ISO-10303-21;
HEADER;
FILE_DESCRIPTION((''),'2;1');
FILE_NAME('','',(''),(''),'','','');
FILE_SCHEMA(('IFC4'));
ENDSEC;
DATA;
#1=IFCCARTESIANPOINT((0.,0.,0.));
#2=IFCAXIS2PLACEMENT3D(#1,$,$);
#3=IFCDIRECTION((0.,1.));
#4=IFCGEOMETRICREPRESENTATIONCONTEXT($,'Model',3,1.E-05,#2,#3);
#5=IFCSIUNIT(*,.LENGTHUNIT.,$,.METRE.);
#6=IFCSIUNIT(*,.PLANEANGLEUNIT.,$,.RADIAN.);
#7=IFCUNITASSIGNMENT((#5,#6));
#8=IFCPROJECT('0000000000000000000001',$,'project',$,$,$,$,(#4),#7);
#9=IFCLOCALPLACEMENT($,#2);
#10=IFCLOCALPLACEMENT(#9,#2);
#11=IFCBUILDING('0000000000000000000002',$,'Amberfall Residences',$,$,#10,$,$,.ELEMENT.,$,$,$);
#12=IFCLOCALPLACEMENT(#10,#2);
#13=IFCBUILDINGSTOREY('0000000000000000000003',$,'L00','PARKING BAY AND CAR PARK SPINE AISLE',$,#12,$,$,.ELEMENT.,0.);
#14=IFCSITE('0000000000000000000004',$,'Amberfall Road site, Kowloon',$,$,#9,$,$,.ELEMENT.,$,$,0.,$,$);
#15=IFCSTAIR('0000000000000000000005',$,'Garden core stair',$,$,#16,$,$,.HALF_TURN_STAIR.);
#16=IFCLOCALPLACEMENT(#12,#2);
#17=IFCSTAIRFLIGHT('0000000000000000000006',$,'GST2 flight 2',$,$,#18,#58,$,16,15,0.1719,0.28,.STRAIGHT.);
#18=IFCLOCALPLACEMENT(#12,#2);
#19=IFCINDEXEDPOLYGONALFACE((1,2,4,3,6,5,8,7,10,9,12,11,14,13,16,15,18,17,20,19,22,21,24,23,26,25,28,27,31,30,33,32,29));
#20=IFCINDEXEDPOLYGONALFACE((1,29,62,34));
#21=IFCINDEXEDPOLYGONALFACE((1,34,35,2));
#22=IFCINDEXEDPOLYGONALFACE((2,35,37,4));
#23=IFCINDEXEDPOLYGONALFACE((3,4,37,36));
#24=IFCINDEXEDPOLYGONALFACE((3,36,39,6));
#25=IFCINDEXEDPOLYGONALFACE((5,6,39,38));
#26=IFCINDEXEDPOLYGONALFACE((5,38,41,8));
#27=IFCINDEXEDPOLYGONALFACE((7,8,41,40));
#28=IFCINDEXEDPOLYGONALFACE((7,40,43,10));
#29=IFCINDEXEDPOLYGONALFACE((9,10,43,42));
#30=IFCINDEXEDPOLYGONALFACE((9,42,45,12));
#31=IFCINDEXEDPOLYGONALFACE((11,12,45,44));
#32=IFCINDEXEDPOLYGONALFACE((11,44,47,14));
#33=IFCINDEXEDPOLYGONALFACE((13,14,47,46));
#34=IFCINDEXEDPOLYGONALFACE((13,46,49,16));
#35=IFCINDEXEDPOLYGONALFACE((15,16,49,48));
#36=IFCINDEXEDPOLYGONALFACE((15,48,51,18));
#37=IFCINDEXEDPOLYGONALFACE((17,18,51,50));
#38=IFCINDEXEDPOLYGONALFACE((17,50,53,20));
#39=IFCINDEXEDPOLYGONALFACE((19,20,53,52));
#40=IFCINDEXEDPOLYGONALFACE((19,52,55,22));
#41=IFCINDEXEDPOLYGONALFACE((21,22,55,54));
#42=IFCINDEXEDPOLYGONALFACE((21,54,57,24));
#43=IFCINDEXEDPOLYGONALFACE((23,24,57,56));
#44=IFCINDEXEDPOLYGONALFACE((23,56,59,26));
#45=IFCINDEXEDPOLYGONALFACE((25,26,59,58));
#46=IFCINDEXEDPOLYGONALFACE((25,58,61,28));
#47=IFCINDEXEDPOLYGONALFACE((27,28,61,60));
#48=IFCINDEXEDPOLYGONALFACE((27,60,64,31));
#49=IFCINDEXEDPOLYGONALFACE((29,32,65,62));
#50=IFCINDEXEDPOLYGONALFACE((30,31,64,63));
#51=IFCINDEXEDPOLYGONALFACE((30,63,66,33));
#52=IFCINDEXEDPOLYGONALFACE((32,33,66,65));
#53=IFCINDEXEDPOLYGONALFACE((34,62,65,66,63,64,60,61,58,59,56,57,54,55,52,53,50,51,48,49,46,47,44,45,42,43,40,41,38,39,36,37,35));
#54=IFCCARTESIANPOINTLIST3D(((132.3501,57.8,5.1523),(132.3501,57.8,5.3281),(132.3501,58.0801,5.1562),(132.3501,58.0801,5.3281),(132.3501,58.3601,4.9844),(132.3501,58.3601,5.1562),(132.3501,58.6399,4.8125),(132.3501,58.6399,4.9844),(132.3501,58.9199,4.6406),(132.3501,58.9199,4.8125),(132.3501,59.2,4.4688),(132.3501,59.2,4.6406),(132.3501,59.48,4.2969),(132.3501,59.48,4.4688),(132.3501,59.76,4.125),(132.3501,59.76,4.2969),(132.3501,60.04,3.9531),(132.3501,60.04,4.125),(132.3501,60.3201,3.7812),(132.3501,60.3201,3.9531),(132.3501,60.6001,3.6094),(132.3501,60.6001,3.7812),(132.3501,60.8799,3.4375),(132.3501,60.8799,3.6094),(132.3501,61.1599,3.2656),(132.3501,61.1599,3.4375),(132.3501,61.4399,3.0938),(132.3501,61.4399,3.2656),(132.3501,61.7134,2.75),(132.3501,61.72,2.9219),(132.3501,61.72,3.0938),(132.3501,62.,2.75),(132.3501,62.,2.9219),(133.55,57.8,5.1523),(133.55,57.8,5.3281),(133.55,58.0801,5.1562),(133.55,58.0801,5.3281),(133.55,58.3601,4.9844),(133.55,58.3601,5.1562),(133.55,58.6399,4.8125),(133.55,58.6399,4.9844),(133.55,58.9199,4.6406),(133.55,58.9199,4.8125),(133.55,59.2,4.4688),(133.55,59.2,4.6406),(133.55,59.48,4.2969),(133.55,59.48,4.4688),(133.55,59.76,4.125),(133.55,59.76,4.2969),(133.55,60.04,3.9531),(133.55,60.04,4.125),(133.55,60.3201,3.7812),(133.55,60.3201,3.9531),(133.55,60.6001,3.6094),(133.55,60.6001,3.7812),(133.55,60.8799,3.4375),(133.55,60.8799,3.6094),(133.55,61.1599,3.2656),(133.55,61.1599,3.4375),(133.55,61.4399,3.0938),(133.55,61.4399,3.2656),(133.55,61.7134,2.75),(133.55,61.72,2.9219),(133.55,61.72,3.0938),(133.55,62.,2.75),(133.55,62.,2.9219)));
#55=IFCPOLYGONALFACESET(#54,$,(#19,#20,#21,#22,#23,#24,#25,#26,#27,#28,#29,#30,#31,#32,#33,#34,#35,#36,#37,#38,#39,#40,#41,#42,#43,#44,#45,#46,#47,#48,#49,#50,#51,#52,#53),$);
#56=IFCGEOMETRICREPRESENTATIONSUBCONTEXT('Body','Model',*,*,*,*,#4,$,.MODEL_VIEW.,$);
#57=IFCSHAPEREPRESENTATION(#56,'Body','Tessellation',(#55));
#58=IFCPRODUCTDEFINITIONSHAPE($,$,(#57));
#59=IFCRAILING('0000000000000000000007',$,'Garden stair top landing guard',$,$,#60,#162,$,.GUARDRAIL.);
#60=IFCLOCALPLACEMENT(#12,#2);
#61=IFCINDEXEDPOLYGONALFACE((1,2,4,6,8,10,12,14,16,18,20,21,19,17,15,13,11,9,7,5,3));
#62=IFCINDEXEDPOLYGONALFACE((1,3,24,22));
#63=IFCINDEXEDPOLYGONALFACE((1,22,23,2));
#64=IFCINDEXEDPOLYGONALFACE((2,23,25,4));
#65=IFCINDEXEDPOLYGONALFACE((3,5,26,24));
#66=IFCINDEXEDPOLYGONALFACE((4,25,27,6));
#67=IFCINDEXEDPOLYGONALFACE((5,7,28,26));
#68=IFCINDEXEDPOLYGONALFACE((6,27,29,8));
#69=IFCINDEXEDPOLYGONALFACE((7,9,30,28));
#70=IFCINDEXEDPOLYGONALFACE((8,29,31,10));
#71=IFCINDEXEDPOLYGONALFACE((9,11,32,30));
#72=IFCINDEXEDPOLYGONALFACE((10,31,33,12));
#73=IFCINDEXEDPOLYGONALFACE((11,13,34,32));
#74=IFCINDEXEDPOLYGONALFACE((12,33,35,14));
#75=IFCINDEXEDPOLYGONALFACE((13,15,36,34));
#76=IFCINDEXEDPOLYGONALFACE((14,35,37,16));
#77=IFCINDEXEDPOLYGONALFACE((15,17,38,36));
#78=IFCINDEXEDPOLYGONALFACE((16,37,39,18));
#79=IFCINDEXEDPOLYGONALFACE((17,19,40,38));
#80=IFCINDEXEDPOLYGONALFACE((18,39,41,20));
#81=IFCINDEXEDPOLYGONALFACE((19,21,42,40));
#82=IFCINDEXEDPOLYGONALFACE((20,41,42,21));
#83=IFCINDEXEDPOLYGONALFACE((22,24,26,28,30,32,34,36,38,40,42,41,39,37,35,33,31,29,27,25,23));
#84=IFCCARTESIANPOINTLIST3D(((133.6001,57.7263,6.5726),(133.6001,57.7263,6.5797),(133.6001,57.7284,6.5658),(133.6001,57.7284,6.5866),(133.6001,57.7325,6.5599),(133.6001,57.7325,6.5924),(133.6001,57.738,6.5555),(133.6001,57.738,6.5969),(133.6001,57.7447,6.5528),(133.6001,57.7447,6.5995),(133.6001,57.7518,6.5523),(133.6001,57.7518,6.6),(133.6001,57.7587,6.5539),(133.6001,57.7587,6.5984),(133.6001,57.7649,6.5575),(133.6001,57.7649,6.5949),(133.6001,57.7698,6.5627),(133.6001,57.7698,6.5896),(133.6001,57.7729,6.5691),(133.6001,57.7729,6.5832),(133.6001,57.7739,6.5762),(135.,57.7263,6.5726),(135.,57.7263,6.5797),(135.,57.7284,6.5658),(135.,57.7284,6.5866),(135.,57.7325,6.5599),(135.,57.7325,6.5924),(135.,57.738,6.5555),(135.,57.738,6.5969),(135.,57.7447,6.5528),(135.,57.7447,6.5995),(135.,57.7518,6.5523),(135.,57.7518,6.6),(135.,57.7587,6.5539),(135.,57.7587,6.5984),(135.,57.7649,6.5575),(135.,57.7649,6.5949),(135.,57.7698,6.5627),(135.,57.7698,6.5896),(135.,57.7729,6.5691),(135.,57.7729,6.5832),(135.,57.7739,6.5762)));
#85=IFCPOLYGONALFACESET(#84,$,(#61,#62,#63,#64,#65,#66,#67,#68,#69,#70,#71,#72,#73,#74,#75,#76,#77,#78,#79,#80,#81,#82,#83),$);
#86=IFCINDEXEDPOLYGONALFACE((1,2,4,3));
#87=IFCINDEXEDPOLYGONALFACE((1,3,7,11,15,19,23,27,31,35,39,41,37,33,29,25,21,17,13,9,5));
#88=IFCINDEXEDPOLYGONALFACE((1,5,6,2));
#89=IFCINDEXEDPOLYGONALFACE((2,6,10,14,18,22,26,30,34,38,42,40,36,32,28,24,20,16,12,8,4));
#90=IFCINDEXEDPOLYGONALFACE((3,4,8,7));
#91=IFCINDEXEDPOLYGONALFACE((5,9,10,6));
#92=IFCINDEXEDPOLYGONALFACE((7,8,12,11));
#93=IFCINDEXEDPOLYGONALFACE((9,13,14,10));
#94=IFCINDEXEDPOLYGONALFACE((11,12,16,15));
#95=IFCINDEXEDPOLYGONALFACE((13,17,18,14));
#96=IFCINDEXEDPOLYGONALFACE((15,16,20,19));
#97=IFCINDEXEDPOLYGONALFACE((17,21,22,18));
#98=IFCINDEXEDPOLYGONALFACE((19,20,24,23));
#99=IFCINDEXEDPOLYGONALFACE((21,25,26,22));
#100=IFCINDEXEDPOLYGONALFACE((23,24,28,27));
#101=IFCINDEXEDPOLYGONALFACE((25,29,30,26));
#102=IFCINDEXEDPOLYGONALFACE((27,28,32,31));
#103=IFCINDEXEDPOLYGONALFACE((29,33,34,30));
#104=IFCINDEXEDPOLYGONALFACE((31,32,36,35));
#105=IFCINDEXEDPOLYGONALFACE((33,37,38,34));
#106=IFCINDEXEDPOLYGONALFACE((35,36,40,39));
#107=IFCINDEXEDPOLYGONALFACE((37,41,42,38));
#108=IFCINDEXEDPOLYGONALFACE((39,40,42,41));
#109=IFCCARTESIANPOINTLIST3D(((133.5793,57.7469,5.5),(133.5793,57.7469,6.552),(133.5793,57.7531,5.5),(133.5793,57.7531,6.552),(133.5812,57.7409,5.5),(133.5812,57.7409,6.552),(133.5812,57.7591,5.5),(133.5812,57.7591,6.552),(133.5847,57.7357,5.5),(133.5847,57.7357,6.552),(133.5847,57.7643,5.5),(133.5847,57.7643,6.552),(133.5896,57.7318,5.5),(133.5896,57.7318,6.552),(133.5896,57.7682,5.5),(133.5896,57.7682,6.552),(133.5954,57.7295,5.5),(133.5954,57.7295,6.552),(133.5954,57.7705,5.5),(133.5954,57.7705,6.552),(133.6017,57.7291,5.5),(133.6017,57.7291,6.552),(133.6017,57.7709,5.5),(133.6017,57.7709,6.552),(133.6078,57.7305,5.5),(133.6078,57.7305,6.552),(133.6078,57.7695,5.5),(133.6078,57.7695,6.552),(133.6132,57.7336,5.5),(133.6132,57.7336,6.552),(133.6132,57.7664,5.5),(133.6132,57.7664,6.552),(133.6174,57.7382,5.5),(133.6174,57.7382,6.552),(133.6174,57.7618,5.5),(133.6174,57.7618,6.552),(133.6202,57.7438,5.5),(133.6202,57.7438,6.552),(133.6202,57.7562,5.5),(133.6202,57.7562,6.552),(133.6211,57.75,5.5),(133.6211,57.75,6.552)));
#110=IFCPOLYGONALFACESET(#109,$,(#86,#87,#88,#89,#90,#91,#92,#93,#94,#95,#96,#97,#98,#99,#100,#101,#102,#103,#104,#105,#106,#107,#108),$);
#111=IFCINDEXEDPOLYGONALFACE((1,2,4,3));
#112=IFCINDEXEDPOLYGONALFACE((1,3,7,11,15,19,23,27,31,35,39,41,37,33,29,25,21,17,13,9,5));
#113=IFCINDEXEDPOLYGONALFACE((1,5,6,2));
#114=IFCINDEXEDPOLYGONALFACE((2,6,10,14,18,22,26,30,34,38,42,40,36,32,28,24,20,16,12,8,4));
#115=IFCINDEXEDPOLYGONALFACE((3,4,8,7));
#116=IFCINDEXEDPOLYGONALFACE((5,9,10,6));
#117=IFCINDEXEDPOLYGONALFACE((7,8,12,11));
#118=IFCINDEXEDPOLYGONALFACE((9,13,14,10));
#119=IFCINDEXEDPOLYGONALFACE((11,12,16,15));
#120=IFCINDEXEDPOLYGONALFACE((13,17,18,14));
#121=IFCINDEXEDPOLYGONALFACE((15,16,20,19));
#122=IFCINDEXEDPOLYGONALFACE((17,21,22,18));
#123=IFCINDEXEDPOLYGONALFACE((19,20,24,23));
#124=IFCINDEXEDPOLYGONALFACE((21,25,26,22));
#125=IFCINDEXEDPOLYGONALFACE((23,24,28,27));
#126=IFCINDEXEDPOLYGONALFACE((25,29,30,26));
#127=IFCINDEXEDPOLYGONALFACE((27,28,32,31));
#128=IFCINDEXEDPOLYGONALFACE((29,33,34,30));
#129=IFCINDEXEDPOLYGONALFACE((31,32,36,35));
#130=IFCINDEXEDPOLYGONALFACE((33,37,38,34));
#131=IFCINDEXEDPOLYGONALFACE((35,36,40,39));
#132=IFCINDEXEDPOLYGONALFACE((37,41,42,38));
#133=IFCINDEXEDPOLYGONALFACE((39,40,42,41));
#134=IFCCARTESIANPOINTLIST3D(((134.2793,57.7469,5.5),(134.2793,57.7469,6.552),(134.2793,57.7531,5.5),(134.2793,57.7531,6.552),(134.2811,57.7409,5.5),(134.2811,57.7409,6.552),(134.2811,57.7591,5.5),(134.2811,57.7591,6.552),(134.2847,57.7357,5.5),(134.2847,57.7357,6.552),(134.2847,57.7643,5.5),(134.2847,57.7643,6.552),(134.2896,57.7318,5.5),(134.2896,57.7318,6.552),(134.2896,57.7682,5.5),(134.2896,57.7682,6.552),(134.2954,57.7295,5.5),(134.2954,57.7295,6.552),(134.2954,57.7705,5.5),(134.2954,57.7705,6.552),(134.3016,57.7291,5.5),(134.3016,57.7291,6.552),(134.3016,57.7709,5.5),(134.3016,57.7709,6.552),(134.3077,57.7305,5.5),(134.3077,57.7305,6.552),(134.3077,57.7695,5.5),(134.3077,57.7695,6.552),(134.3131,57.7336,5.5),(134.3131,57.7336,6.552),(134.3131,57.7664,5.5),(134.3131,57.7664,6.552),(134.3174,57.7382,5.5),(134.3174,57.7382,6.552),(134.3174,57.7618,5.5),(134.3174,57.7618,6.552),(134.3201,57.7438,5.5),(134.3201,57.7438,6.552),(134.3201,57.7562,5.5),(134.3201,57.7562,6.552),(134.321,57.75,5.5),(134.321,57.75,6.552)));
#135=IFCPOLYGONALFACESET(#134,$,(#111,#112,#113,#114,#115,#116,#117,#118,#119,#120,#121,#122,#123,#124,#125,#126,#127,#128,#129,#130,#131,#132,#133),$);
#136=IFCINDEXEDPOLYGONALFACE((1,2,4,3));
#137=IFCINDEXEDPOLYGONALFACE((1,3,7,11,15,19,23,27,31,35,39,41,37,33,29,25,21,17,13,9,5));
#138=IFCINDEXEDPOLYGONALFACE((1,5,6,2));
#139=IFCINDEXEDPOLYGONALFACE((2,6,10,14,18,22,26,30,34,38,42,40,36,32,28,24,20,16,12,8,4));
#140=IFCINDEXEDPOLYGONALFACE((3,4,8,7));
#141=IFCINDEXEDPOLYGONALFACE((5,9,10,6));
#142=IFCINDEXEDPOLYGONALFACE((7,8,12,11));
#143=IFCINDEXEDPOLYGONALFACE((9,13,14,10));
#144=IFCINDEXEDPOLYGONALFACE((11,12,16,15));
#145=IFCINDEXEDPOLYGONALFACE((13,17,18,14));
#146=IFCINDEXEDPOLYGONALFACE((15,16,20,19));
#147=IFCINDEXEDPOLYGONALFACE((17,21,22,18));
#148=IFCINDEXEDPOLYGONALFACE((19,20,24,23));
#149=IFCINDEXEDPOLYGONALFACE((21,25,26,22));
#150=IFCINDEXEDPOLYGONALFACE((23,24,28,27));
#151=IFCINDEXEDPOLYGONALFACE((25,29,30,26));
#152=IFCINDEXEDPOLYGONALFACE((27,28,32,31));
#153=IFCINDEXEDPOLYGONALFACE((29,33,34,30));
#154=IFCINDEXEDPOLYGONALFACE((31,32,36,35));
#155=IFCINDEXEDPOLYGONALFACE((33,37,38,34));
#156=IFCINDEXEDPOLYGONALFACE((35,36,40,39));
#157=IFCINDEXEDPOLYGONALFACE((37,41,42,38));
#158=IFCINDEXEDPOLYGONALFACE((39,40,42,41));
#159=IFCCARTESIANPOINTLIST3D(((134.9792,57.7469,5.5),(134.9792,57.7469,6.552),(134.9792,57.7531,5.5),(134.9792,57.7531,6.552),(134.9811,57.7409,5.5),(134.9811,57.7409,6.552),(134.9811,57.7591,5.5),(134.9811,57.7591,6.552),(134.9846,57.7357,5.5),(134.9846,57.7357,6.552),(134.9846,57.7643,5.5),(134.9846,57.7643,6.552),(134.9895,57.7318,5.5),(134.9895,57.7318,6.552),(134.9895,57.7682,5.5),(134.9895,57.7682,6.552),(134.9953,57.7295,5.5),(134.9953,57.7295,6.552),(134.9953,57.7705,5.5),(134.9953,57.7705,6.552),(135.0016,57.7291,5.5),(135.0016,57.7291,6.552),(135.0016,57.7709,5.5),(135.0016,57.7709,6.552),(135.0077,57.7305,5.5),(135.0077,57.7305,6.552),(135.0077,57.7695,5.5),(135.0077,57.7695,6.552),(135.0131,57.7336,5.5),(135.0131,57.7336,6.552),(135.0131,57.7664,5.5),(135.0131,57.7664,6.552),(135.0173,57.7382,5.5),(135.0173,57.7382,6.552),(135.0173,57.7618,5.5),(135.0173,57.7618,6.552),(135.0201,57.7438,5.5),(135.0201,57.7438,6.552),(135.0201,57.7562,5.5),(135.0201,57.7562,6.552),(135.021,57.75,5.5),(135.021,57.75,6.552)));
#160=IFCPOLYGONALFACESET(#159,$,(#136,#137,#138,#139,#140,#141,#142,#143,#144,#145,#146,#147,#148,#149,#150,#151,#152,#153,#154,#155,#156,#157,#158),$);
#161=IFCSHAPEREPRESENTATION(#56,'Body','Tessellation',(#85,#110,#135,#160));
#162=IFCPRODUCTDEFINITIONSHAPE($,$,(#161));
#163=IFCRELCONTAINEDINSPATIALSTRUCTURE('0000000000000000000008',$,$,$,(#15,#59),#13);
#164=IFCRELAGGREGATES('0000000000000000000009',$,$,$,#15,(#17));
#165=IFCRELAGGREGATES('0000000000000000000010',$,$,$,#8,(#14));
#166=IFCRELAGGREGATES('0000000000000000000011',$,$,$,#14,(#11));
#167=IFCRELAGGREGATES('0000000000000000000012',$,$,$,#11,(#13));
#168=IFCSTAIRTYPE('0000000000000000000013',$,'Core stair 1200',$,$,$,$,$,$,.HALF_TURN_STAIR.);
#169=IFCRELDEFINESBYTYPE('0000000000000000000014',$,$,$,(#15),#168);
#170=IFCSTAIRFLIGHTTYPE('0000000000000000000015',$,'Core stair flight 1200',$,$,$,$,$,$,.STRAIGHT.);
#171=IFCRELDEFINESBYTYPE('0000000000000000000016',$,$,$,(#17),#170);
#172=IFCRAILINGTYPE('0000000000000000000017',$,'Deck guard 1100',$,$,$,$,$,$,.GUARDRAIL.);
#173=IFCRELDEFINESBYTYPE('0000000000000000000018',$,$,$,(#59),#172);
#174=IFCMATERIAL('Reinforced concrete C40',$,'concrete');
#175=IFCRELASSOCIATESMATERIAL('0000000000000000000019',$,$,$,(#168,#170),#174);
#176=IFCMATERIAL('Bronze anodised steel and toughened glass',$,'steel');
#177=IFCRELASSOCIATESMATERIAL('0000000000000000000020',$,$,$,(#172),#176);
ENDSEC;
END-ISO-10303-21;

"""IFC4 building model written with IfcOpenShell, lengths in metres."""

from ifc_helpers import new_model, si_unit, direction, frame, origin, origin_2d, place, context, subcontext, project, spatial, polyline, circle, outline, extrude, material, type_object, element, aggregate, save


model = new_model("IFC4")

# Units and contexts
model_context = context("Model", 3, precision=1e-05, world=origin(), true_north=direction((0.0, 1.0)))
body_context = subcontext(model_context, "Body", "Model", "MODEL_VIEW")
ifc_project = project(units=[si_unit("LENGTHUNIT", "METRE"), si_unit("PLANEANGLEUNIT", "RADIAN")], contexts=[model_context])

# Site, building, storey
site_placement = place(None, origin())
site = spatial("IfcSite", under=ifc_project, at=site_placement, Name="Amberfall Road site, Kowloon", CompositionType="ELEMENT", RefElevation=0.0)
building_placement = place(site_placement, origin())
building = spatial("IfcBuilding", under=site, at=building_placement, Name="Amberfall Residences", CompositionType="ELEMENT")
storey_placement = place(building_placement, origin())
storey = spatial("IfcBuildingStorey", under=building, at=storey_placement, Name="L00", Description="PARKING BAY AND CAR PARK SPINE AISLE", CompositionType="ELEMENT", Elevation=0.0)

# Shared definitions
ifc_material_1 = material(Name="Reinforced concrete C40", Category="concrete")

# Stair, stair flight
stair_type = type_object("IfcStairType", Name="Core stair 1200", PredefinedType="HALF_TURN_STAIR", material=ifc_material_1)
stair_placement = place(storey_placement, origin())
stair = element("IfcStair", 1, at=stair_placement, inside=storey, type_object=stair_type, Name="Garden core stair", PredefinedType="HALF_TURN_STAIR")
stair_flight_type = type_object("IfcStairFlightType", Name="Core stair flight 1200", PredefinedType="STRAIGHT", material=ifc_material_1)
stair_flight_1_placement = place(storey_placement, frame((132.95, 62.0, 2.75), z_axis=(0.0, 0.0, 1.0), x_axis=(0.0, -1.0, 0.0)))
stair_flight_1 = element("IfcStairFlight", 2, at=stair_flight_1_placement, type_object=stair_flight_type, Name="GST2 flight 2", NumberOfRisers=16, NumberOfTreads=15, PredefinedType="STRAIGHT", RiserHeight=0.1719, TreadLength=0.28, context=body_context, shape_type="SweptSolid", body=[
    extrude(outline(polyline([(0.0, 0.0), (0.0, 0.1719), (0.28, 0.1719), (0.28, 0.3438), (0.5601, 0.3438), (0.5601, 0.5156), (0.8401, 0.5156), (0.8401, 0.6875), (1.1201, 0.6875), (1.1201, 0.8594), (1.3999, 0.8594), (1.3999, 1.0312), (1.6799, 1.0312), (1.6799, 1.2031), (1.96, 1.2031), (1.96, 1.375), (2.24, 1.375), (2.24, 1.5469), (2.52, 1.5469), (2.52, 1.7188), (2.8, 1.7188), (2.8, 1.8906), (3.0801, 1.8906), (3.0801, 2.0625), (3.3601, 2.0625), (3.3601, 2.2344), (3.6399, 2.2344), (3.6399, 2.4062), (3.9199, 2.4062), (3.9199, 2.5781), (4.2, 2.5781), (4.2, 2.75), (4.2, 2.4023), (0.2866, 0.0), (0.0, 0.0)])), frame((0.0, 0.6001, 0.0), z_axis=(0.0, -1.0, 0.0), x_axis=(1.0, 0.0, 0.0)), (0.0, 0.0, 1.0), 1.2),
])
aggregate(stair, [stair_flight_1])

# Railing
ifc_material_2 = material(Name="Bronze anodised steel and toughened glass", Category="steel")
railing_type_1 = type_object("IfcRailingType", Name="Deck guard 1100", PredefinedType="GUARDRAIL", material=ifc_material_2)
railing_1_placement = place(storey_placement, frame((133.6001, 57.75, 5.5)))
element("IfcRailing", 3, at=railing_1_placement, inside=storey, type_object=railing_type_1, Name="Garden stair top landing guard", PredefinedType="GUARDRAIL", context=body_context, shape_type="SweptSolid", body=[
    extrude(circle(Radius=0.0239, at=origin_2d()), frame((0.0, 0.0, 1.0762), z_axis=(1.0, 0.0, 0.0), x_axis=(0.0, 1.0, 0.0)), (0.0, 0.0, 1.0), 1.3999),
    extrude(circle(Radius=0.021, at=origin_2d()), origin(), (0.0, 0.0, 1.0), 1.052),
    extrude(circle(Radius=0.021, at=origin_2d()), frame((0.7, 0.0, 0.0)), (0.0, 0.0, 1.0), 1.052),
    extrude(circle(Radius=0.021, at=origin_2d()), frame((1.3999, 0.0, 0.0)), (0.0, 0.0, 1.0), 1.052),
])

save(model, "model.ifc")
